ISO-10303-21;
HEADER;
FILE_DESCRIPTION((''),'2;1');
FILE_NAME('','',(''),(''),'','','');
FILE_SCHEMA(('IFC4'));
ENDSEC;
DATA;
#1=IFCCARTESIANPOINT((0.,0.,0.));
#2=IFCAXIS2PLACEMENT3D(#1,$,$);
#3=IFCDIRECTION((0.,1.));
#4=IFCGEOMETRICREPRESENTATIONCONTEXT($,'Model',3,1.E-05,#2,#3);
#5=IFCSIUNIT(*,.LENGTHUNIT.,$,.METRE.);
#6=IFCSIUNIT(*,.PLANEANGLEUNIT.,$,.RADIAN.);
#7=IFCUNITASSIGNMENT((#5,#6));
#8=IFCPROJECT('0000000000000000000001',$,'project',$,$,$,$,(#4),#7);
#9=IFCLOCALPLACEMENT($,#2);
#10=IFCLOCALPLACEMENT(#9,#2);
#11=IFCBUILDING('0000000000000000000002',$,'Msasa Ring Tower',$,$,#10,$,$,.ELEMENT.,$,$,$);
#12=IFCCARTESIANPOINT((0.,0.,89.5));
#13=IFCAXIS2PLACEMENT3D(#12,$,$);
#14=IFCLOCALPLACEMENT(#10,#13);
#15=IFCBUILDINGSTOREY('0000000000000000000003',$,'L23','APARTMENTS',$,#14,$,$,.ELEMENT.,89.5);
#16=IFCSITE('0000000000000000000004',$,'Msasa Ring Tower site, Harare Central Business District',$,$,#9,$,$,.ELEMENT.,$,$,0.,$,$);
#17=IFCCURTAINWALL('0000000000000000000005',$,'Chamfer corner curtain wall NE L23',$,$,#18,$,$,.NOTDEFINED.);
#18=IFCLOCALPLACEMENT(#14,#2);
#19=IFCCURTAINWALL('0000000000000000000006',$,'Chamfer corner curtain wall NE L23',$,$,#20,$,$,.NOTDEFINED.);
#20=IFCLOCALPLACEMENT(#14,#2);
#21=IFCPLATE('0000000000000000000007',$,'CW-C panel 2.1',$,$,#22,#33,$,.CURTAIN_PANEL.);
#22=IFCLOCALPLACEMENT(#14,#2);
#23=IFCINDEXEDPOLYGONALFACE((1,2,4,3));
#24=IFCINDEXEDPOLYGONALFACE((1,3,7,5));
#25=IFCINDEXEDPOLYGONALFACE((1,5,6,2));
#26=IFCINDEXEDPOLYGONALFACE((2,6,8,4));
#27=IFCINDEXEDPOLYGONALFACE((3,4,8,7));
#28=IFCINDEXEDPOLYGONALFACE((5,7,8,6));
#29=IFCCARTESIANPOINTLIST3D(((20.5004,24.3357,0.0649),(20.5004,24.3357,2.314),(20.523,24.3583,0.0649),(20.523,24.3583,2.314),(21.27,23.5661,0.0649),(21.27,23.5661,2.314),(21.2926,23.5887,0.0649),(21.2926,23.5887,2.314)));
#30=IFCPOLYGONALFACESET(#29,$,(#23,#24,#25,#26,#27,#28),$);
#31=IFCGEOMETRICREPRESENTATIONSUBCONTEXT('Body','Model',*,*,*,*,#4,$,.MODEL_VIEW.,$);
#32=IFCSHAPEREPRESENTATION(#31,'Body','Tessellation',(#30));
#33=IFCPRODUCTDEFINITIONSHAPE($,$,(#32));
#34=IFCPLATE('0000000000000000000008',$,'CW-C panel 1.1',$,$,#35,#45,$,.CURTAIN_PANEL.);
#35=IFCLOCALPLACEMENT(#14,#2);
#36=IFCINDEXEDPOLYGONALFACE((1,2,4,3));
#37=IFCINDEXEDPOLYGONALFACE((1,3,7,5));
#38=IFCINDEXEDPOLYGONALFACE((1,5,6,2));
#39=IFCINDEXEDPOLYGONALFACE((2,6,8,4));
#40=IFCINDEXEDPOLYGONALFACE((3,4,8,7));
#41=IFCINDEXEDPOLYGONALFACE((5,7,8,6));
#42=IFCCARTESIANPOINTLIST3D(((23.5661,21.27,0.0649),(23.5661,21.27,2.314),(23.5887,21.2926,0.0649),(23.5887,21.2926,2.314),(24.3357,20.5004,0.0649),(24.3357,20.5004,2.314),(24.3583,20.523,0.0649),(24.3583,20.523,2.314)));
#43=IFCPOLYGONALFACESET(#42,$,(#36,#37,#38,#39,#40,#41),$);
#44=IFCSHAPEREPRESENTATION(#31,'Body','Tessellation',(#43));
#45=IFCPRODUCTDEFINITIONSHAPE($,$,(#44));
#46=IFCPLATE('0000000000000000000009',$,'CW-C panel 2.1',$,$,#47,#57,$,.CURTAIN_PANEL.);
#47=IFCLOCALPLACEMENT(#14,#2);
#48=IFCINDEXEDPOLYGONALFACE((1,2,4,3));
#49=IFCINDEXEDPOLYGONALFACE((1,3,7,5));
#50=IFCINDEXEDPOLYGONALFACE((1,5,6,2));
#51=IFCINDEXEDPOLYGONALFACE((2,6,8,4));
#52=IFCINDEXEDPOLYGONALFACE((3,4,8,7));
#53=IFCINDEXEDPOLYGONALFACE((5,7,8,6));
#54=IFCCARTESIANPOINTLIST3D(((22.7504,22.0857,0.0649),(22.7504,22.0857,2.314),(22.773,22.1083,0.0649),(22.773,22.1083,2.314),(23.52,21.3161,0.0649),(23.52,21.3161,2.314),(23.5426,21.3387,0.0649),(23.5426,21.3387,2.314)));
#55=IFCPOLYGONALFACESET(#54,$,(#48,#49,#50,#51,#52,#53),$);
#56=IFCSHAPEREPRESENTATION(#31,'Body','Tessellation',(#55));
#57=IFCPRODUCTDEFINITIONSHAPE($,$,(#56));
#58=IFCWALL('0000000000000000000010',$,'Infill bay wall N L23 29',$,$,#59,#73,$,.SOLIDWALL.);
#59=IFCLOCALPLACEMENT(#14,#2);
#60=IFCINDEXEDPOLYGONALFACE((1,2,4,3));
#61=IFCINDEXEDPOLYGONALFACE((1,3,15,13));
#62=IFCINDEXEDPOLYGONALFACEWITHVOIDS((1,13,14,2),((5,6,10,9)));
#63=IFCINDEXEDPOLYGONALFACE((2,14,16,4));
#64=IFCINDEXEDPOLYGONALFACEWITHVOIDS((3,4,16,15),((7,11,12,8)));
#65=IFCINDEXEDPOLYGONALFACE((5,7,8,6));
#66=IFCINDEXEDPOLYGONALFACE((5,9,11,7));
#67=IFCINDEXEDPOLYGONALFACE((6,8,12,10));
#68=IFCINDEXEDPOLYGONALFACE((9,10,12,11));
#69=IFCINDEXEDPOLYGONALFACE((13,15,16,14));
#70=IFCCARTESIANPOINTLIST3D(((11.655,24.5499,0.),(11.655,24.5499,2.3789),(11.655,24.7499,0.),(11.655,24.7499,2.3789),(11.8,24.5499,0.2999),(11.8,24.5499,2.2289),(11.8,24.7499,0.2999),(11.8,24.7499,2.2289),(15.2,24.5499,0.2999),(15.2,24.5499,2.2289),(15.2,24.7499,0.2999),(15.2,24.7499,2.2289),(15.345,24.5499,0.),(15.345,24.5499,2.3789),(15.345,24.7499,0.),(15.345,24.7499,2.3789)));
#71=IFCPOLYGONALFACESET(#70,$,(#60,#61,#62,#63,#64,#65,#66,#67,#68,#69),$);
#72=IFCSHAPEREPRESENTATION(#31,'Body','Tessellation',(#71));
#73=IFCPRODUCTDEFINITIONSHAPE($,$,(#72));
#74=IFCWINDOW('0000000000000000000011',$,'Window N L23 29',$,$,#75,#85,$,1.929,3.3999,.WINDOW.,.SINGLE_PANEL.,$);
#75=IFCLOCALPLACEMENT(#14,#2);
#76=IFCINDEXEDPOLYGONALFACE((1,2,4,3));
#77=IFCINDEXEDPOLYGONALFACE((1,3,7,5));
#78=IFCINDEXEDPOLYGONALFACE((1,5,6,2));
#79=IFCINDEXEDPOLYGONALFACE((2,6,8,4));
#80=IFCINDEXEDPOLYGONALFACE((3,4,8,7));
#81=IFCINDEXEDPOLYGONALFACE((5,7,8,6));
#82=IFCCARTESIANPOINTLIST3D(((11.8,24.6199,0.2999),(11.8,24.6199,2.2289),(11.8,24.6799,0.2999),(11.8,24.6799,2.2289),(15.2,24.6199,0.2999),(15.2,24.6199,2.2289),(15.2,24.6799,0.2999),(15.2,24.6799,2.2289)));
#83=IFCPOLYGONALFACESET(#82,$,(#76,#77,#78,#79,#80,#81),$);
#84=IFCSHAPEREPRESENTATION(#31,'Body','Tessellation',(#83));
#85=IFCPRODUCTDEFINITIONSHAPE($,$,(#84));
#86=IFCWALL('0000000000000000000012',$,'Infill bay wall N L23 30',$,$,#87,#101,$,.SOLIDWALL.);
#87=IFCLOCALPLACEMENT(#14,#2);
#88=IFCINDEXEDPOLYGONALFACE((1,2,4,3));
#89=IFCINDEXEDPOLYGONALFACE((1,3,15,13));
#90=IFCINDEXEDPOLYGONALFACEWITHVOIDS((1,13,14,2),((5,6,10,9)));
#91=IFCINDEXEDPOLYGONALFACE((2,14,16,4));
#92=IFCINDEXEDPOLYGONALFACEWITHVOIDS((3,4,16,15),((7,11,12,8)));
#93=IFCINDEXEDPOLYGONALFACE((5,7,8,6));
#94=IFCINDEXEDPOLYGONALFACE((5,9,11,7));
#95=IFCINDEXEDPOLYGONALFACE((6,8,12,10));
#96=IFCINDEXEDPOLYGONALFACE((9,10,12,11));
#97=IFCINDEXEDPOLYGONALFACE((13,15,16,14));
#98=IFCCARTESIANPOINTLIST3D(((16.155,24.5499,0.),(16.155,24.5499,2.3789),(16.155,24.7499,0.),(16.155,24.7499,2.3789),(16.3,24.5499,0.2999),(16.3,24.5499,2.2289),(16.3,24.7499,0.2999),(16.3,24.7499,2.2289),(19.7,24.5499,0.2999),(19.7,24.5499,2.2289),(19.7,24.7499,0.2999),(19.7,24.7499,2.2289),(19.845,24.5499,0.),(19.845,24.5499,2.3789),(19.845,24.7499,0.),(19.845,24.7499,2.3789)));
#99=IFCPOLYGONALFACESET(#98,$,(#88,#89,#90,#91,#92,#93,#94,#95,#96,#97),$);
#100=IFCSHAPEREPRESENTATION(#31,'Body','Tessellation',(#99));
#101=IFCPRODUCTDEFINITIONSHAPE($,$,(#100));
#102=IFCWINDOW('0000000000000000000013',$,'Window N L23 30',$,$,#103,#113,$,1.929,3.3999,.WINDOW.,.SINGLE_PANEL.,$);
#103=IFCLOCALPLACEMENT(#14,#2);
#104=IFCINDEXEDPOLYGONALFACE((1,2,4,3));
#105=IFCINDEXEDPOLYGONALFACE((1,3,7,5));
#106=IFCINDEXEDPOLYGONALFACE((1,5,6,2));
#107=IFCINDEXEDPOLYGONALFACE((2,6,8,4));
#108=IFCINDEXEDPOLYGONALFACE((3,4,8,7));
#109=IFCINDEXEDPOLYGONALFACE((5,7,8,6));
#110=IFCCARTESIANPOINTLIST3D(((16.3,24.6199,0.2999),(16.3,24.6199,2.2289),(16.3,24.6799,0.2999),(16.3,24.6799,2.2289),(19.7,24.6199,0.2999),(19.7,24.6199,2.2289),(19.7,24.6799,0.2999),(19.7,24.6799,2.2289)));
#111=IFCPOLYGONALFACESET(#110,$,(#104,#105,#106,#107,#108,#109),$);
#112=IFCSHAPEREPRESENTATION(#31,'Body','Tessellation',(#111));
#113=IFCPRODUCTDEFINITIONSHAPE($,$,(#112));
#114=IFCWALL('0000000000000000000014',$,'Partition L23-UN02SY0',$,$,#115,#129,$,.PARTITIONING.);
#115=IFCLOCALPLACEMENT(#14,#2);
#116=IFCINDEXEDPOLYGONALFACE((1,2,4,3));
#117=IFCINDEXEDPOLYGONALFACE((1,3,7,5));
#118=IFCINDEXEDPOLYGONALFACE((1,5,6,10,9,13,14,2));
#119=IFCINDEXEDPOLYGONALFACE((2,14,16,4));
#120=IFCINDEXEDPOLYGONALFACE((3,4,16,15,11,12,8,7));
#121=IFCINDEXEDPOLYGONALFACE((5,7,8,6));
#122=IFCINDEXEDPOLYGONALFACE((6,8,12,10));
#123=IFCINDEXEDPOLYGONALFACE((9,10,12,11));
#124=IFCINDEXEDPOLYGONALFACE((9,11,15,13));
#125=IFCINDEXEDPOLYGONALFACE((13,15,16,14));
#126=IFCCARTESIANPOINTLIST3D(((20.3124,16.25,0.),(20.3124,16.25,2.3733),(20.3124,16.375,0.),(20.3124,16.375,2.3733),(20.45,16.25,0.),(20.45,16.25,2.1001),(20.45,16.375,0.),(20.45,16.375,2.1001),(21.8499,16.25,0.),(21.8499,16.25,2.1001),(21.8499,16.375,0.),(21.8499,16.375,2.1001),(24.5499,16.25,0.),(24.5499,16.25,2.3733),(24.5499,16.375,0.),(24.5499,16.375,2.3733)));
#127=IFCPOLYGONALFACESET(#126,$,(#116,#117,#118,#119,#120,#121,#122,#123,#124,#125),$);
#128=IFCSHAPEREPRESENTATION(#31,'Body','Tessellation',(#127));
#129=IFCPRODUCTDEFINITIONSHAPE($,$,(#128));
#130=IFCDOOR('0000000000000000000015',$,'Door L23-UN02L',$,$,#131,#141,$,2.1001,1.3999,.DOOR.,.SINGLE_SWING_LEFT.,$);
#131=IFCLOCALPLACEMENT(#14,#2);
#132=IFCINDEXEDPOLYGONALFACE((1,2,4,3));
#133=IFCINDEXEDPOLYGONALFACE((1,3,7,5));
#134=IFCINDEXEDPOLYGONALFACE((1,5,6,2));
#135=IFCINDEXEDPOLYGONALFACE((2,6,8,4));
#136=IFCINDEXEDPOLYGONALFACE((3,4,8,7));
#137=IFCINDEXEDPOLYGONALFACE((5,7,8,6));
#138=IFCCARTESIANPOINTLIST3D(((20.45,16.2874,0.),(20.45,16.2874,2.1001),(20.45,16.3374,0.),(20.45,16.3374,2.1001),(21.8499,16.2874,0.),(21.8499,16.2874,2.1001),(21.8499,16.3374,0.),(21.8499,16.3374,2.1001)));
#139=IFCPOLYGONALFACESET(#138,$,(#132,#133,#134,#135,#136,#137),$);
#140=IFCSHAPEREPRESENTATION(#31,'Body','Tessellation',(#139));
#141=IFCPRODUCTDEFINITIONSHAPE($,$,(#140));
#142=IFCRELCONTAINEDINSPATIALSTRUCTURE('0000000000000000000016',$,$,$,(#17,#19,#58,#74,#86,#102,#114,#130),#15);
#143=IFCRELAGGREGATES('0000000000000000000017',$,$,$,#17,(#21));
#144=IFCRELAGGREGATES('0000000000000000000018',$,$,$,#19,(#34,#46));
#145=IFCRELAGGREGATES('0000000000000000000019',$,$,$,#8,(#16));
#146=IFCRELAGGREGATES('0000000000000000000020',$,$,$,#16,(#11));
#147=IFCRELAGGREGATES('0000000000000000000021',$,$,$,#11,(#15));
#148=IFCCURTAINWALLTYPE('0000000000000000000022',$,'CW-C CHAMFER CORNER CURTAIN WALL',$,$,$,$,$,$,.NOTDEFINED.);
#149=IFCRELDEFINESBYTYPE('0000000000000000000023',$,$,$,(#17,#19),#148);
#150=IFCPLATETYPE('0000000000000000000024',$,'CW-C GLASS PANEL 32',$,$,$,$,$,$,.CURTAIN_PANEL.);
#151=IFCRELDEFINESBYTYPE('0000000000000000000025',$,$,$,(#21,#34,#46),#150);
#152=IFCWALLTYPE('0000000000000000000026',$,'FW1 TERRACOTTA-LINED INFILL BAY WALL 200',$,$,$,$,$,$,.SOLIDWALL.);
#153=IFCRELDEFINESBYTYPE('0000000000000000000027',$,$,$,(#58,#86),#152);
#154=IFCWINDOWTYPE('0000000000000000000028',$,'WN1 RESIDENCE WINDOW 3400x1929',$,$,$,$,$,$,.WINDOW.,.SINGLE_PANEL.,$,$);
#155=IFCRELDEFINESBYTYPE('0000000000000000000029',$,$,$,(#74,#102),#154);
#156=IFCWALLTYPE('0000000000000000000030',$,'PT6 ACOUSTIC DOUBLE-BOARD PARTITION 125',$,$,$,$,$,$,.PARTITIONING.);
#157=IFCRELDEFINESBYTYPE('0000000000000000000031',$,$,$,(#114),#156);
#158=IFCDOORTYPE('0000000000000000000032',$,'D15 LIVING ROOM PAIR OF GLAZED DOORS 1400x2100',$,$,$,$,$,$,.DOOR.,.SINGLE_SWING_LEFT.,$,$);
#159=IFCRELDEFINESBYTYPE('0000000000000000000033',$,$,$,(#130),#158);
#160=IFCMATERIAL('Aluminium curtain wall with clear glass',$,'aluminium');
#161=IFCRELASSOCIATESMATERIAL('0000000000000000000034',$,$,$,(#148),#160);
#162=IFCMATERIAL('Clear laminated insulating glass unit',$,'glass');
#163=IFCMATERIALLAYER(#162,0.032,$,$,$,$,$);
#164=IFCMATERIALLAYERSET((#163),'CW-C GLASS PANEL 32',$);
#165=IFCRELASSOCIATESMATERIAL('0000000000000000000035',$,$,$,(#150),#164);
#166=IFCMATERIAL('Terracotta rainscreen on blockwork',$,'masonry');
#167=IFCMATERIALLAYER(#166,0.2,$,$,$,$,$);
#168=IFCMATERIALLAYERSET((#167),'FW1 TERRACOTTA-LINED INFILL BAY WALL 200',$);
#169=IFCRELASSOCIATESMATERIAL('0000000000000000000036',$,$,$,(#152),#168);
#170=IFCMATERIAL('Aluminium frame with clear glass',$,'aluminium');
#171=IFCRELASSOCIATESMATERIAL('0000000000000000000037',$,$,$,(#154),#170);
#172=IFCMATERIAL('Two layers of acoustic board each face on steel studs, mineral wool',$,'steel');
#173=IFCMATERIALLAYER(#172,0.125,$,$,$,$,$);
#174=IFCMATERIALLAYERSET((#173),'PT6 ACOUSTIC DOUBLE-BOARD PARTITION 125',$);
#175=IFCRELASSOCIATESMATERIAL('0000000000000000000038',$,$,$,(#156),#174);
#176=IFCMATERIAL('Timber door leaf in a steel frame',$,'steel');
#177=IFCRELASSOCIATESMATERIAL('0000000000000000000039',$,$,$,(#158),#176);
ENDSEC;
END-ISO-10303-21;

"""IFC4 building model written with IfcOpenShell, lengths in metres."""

from ifc_helpers import new_model, si_unit, direction, frame, frame_2d, origin, origin_2d, place, context, subcontext, project, spatial, rectangle, extrude, material, layer, layer_set, type_object, element, fill, aggregate, save


model = new_model("IFC4")

# Units and contexts
model_context = context("Model", 3, precision=1e-05, world=origin(), true_north=direction((0.0, 1.0)))
body_context = subcontext(model_context, "Body", "Model", "MODEL_VIEW")
ifc_project = project(units=[si_unit("LENGTHUNIT", "METRE"), si_unit("PLANEANGLEUNIT", "RADIAN")], contexts=[model_context])

# Site, building, storey
site_placement = place(None, origin())
site = spatial("IfcSite", under=ifc_project, at=site_placement, Name="Msasa Ring Tower site, Harare Central Business District", CompositionType="ELEMENT", RefElevation=0.0)
building_placement = place(site_placement, origin())
building = spatial("IfcBuilding", under=site, at=building_placement, Name="Msasa Ring Tower", CompositionType="ELEMENT")
storey_placement = place(building_placement, frame((0.0, 0.0, 89.5)))
storey = spatial("IfcBuildingStorey", under=building, at=storey_placement, Name="L23", Description="APARTMENTS", CompositionType="ELEMENT", Elevation=89.5)

# Curtain walls
ifc_material_1 = material(Name="Aluminium curtain wall with clear glass", Category="aluminium")
curtain_wall_type = type_object("IfcCurtainWallType", Name="CW-C CHAMFER CORNER CURTAIN WALL", PredefinedType="NOTDEFINED", material=ifc_material_1)
curtain_wall_1_placement = place(storey_placement, origin())
curtain_wall_1 = element("IfcCurtainWall", 1, at=curtain_wall_1_placement, inside=storey, type_object=curtain_wall_type, Name="Chamfer corner curtain wall NE L23", PredefinedType="NOTDEFINED")
curtain_wall_2_placement = place(storey_placement, origin())
curtain_wall_2 = element("IfcCurtainWall", 2, at=curtain_wall_2_placement, inside=storey, type_object=curtain_wall_type, Name="Chamfer corner curtain wall NE L23", PredefinedType="NOTDEFINED")

# Plates
ifc_material_2 = material(Name="Clear laminated insulating glass unit", Category="glass")
ifc_layer_1 = layer(ifc_material_2, 0.032)
ifc_layer_set_1 = layer_set([ifc_layer_1], Name="CW-C GLASS PANEL 32")
plate_type = type_object("IfcPlateType", Name="CW-C GLASS PANEL 32", PredefinedType="CURTAIN_PANEL", material=ifc_layer_set_1)
plate_1_placement = place(storey_placement, frame((20.8965, 23.9622, 0.0649), z_axis=(0.0, 0.0, 1.0), x_axis=(-0.707107, 0.707107, 0.0)))
plate_1 = element("IfcPlate", 3, at=plate_1_placement, type_object=plate_type, Name="CW-C panel 2.1", PredefinedType="CURTAIN_PANEL", context=body_context, shape_type="SweptSolid", body=[
    extrude(rectangle(XDim=1.0884, YDim=0.032, at=origin_2d()), origin(), (0.0, 0.0, 1.0), 2.249),
])
aggregate(curtain_wall_1, [plate_1])
plate_2_placement = place(storey_placement, frame((23.9622, 20.8965, 0.0649), z_axis=(0.0, 0.0, 1.0), x_axis=(-0.707107, 0.707107, 0.0)))
plate_2 = element("IfcPlate", 4, at=plate_2_placement, type_object=plate_type, Name="CW-C panel 1.1", PredefinedType="CURTAIN_PANEL", context=body_context, shape_type="SweptSolid", body=[
    extrude(rectangle(XDim=1.0884, YDim=0.032, at=origin_2d()), origin(), (0.0, 0.0, 1.0), 2.249),
])
plate_3_placement = place(storey_placement, frame((23.1465, 21.7122, 0.0649), z_axis=(0.0, 0.0, 1.0), x_axis=(-0.707107, 0.707107, 0.0)))
plate_3 = element("IfcPlate", 5, at=plate_3_placement, type_object=plate_type, Name="CW-C panel 2.1", PredefinedType="CURTAIN_PANEL", context=body_context, shape_type="SweptSolid", body=[
    extrude(rectangle(XDim=1.0884, YDim=0.032, at=origin_2d()), origin(), (0.0, 0.0, 1.0), 2.249),
])
aggregate(curtain_wall_2, [plate_2, plate_3])

# Walls, openings, windows
ifc_material_3 = material(Name="Terracotta rainscreen on blockwork", Category="masonry")
ifc_layer_2 = layer(ifc_material_3, 0.2)
ifc_layer_set_2 = layer_set([ifc_layer_2], Name="FW1 TERRACOTTA-LINED INFILL BAY WALL 200")
wall_type_1 = type_object("IfcWallType", Name="FW1 TERRACOTTA-LINED INFILL BAY WALL 200", PredefinedType="SOLIDWALL", material=ifc_layer_set_2)
wall_1_placement = place(storey_placement, frame((11.655, 24.6499, 0.0), z_axis=(0.0, 0.0, 1.0), x_axis=(1.0, 0.0, 0.0)))
wall_1 = element("IfcWall", 6, at=wall_1_placement, inside=storey, type_object=wall_type_1, Name="Infill bay wall N L23 29", PredefinedType="SOLIDWALL", context=body_context, shape_type="SweptSolid", body=[
    extrude(rectangle(XDim=3.6899, YDim=0.2, at=frame_2d((1.845, 0.0))), origin(), (0.0, 0.0, 1.0), 2.3789),
])
opening_1_placement = place(wall_1_placement, frame((0.145, 0.0, 0.3)))
opening_1 = element("IfcOpeningElement", 7, at=opening_1_placement, cuts=wall_1, PredefinedType="OPENING", context=body_context, shape_type="SweptSolid", body=[
    extrude(rectangle(XDim=3.3999, YDim=1.929, at=frame_2d((1.7, 0.9644))), frame((0.0, 0.1099, 0.0), z_axis=(0.0, -1.0, 0.0), x_axis=(1.0, 0.0, 0.0)), (0.0, 0.0, 1.0), 0.22),
])
ifc_material_4 = material(Name="Aluminium frame with clear glass", Category="aluminium")
window_type = type_object("IfcWindowType", Name="WN1 RESIDENCE WINDOW 3400x1929", PartitioningType="SINGLE_PANEL", PredefinedType="WINDOW", material=ifc_material_4)
window_1_placement = place(opening_1_placement, origin())
window_1 = element("IfcWindow", 8, at=window_1_placement, inside=storey, type_object=window_type, Name="Window N L23 29", OverallHeight=1.929, OverallWidth=3.3999, PartitioningType="SINGLE_PANEL", PredefinedType="WINDOW", context=body_context, shape_type="SweptSolid", body=[
    extrude(rectangle(XDim=3.3999, YDim=1.929, at=frame_2d((1.7, 0.9644))), frame((0.0, 0.03, 0.0), z_axis=(0.0, -1.0, 0.0), x_axis=(1.0, 0.0, 0.0)), (0.0, 0.0, 1.0), 0.0601),
])
fill(opening_1, window_1)
wall_2_placement = place(storey_placement, frame((16.155, 24.6499, 0.0), z_axis=(0.0, 0.0, 1.0), x_axis=(1.0, 0.0, 0.0)))
wall_2 = element("IfcWall", 9, at=wall_2_placement, inside=storey, type_object=wall_type_1, Name="Infill bay wall N L23 30", PredefinedType="SOLIDWALL", context=body_context, shape_type="SweptSolid", body=[
    extrude(rectangle(XDim=3.6899, YDim=0.2, at=frame_2d((1.845, 0.0))), origin(), (0.0, 0.0, 1.0), 2.3789),
])
opening_2_placement = place(wall_2_placement, frame((0.145, 0.0, 0.3)))
opening_2 = element("IfcOpeningElement", 10, at=opening_2_placement, cuts=wall_2, PredefinedType="OPENING", context=body_context, shape_type="SweptSolid", body=[
    extrude(rectangle(XDim=3.3999, YDim=1.929, at=frame_2d((1.7, 0.9644))), frame((0.0, 0.1099, 0.0), z_axis=(0.0, -1.0, 0.0), x_axis=(1.0, 0.0, 0.0)), (0.0, 0.0, 1.0), 0.22),
])
window_2_placement = place(opening_2_placement, origin())
window_2 = element("IfcWindow", 11, at=window_2_placement, inside=storey, type_object=window_type, Name="Window N L23 30", OverallHeight=1.929, OverallWidth=3.3999, PartitioningType="SINGLE_PANEL", PredefinedType="WINDOW", context=body_context, shape_type="SweptSolid", body=[
    extrude(rectangle(XDim=3.3999, YDim=1.929, at=frame_2d((1.7, 0.9644))), frame((0.0, 0.03, 0.0), z_axis=(0.0, -1.0, 0.0), x_axis=(1.0, 0.0, 0.0)), (0.0, 0.0, 1.0), 0.0601),
])
fill(opening_2, window_2)

# Wall, opening, door
ifc_material_5 = material(Name="Two layers of acoustic board each face on steel studs, mineral wool", Category="steel")
ifc_layer_3 = layer(ifc_material_5, 0.125)
ifc_layer_set_3 = layer_set([ifc_layer_3], Name="PT6 ACOUSTIC DOUBLE-BOARD PARTITION 125")
wall_type_2 = type_object("IfcWallType", Name="PT6 ACOUSTIC DOUBLE-BOARD PARTITION 125", PredefinedType="PARTITIONING", material=ifc_layer_set_3)
wall_3_placement = place(storey_placement, frame((20.3125, 16.3125, 0.0), z_axis=(0.0, 0.0, 1.0), x_axis=(1.0, 0.0, 0.0)))
wall_3 = element("IfcWall", 12, at=wall_3_placement, inside=storey, type_object=wall_type_2, Name="Partition L23-UN02SY0", PredefinedType="PARTITIONING", context=body_context, shape_type="SweptSolid", body=[
    extrude(rectangle(XDim=4.2375, YDim=0.125, at=frame_2d((2.1187, 0.0))), origin(), (0.0, 0.0, 1.0), 2.3733),
])
opening_3_placement = place(wall_3_placement, frame((0.1375, 0.0, 0.0)))
opening_3 = element("IfcOpeningElement", 13, at=opening_3_placement, cuts=wall_3, PredefinedType="OPENING", context=body_context, shape_type="SweptSolid", body=[
    extrude(rectangle(XDim=1.3999, YDim=2.1001, at=frame_2d((0.7, 1.05))), frame((0.0, 0.0725, 0.0), z_axis=(0.0, -1.0, 0.0), x_axis=(1.0, 0.0, 0.0)), (0.0, 0.0, 1.0), 0.145),
])
ifc_material_6 = material(Name="Timber door leaf in a steel frame", Category="steel")
door_type = type_object("IfcDoorType", Name="D15 LIVING ROOM PAIR OF GLAZED DOORS 1400x2100", OperationType="SINGLE_SWING_LEFT", PredefinedType="DOOR", material=ifc_material_6)
door_placement = place(opening_3_placement, origin())
door = element("IfcDoor", 14, at=door_placement, inside=storey, type_object=door_type, Name="Door L23-UN02L", OperationType="SINGLE_SWING_LEFT", OverallHeight=2.1001, OverallWidth=1.3999, PredefinedType="DOOR", context=body_context, shape_type="SweptSolid", body=[
    extrude(rectangle(XDim=1.3999, YDim=2.1001, at=frame_2d((0.7, 1.05))), frame((0.0, 0.0249, 0.0), z_axis=(0.0, -1.0, 0.0), x_axis=(1.0, 0.0, 0.0)), (0.0, 0.0, 1.0), 0.05),
])
fill(opening_3, door)

save(model, "model.ifc")
